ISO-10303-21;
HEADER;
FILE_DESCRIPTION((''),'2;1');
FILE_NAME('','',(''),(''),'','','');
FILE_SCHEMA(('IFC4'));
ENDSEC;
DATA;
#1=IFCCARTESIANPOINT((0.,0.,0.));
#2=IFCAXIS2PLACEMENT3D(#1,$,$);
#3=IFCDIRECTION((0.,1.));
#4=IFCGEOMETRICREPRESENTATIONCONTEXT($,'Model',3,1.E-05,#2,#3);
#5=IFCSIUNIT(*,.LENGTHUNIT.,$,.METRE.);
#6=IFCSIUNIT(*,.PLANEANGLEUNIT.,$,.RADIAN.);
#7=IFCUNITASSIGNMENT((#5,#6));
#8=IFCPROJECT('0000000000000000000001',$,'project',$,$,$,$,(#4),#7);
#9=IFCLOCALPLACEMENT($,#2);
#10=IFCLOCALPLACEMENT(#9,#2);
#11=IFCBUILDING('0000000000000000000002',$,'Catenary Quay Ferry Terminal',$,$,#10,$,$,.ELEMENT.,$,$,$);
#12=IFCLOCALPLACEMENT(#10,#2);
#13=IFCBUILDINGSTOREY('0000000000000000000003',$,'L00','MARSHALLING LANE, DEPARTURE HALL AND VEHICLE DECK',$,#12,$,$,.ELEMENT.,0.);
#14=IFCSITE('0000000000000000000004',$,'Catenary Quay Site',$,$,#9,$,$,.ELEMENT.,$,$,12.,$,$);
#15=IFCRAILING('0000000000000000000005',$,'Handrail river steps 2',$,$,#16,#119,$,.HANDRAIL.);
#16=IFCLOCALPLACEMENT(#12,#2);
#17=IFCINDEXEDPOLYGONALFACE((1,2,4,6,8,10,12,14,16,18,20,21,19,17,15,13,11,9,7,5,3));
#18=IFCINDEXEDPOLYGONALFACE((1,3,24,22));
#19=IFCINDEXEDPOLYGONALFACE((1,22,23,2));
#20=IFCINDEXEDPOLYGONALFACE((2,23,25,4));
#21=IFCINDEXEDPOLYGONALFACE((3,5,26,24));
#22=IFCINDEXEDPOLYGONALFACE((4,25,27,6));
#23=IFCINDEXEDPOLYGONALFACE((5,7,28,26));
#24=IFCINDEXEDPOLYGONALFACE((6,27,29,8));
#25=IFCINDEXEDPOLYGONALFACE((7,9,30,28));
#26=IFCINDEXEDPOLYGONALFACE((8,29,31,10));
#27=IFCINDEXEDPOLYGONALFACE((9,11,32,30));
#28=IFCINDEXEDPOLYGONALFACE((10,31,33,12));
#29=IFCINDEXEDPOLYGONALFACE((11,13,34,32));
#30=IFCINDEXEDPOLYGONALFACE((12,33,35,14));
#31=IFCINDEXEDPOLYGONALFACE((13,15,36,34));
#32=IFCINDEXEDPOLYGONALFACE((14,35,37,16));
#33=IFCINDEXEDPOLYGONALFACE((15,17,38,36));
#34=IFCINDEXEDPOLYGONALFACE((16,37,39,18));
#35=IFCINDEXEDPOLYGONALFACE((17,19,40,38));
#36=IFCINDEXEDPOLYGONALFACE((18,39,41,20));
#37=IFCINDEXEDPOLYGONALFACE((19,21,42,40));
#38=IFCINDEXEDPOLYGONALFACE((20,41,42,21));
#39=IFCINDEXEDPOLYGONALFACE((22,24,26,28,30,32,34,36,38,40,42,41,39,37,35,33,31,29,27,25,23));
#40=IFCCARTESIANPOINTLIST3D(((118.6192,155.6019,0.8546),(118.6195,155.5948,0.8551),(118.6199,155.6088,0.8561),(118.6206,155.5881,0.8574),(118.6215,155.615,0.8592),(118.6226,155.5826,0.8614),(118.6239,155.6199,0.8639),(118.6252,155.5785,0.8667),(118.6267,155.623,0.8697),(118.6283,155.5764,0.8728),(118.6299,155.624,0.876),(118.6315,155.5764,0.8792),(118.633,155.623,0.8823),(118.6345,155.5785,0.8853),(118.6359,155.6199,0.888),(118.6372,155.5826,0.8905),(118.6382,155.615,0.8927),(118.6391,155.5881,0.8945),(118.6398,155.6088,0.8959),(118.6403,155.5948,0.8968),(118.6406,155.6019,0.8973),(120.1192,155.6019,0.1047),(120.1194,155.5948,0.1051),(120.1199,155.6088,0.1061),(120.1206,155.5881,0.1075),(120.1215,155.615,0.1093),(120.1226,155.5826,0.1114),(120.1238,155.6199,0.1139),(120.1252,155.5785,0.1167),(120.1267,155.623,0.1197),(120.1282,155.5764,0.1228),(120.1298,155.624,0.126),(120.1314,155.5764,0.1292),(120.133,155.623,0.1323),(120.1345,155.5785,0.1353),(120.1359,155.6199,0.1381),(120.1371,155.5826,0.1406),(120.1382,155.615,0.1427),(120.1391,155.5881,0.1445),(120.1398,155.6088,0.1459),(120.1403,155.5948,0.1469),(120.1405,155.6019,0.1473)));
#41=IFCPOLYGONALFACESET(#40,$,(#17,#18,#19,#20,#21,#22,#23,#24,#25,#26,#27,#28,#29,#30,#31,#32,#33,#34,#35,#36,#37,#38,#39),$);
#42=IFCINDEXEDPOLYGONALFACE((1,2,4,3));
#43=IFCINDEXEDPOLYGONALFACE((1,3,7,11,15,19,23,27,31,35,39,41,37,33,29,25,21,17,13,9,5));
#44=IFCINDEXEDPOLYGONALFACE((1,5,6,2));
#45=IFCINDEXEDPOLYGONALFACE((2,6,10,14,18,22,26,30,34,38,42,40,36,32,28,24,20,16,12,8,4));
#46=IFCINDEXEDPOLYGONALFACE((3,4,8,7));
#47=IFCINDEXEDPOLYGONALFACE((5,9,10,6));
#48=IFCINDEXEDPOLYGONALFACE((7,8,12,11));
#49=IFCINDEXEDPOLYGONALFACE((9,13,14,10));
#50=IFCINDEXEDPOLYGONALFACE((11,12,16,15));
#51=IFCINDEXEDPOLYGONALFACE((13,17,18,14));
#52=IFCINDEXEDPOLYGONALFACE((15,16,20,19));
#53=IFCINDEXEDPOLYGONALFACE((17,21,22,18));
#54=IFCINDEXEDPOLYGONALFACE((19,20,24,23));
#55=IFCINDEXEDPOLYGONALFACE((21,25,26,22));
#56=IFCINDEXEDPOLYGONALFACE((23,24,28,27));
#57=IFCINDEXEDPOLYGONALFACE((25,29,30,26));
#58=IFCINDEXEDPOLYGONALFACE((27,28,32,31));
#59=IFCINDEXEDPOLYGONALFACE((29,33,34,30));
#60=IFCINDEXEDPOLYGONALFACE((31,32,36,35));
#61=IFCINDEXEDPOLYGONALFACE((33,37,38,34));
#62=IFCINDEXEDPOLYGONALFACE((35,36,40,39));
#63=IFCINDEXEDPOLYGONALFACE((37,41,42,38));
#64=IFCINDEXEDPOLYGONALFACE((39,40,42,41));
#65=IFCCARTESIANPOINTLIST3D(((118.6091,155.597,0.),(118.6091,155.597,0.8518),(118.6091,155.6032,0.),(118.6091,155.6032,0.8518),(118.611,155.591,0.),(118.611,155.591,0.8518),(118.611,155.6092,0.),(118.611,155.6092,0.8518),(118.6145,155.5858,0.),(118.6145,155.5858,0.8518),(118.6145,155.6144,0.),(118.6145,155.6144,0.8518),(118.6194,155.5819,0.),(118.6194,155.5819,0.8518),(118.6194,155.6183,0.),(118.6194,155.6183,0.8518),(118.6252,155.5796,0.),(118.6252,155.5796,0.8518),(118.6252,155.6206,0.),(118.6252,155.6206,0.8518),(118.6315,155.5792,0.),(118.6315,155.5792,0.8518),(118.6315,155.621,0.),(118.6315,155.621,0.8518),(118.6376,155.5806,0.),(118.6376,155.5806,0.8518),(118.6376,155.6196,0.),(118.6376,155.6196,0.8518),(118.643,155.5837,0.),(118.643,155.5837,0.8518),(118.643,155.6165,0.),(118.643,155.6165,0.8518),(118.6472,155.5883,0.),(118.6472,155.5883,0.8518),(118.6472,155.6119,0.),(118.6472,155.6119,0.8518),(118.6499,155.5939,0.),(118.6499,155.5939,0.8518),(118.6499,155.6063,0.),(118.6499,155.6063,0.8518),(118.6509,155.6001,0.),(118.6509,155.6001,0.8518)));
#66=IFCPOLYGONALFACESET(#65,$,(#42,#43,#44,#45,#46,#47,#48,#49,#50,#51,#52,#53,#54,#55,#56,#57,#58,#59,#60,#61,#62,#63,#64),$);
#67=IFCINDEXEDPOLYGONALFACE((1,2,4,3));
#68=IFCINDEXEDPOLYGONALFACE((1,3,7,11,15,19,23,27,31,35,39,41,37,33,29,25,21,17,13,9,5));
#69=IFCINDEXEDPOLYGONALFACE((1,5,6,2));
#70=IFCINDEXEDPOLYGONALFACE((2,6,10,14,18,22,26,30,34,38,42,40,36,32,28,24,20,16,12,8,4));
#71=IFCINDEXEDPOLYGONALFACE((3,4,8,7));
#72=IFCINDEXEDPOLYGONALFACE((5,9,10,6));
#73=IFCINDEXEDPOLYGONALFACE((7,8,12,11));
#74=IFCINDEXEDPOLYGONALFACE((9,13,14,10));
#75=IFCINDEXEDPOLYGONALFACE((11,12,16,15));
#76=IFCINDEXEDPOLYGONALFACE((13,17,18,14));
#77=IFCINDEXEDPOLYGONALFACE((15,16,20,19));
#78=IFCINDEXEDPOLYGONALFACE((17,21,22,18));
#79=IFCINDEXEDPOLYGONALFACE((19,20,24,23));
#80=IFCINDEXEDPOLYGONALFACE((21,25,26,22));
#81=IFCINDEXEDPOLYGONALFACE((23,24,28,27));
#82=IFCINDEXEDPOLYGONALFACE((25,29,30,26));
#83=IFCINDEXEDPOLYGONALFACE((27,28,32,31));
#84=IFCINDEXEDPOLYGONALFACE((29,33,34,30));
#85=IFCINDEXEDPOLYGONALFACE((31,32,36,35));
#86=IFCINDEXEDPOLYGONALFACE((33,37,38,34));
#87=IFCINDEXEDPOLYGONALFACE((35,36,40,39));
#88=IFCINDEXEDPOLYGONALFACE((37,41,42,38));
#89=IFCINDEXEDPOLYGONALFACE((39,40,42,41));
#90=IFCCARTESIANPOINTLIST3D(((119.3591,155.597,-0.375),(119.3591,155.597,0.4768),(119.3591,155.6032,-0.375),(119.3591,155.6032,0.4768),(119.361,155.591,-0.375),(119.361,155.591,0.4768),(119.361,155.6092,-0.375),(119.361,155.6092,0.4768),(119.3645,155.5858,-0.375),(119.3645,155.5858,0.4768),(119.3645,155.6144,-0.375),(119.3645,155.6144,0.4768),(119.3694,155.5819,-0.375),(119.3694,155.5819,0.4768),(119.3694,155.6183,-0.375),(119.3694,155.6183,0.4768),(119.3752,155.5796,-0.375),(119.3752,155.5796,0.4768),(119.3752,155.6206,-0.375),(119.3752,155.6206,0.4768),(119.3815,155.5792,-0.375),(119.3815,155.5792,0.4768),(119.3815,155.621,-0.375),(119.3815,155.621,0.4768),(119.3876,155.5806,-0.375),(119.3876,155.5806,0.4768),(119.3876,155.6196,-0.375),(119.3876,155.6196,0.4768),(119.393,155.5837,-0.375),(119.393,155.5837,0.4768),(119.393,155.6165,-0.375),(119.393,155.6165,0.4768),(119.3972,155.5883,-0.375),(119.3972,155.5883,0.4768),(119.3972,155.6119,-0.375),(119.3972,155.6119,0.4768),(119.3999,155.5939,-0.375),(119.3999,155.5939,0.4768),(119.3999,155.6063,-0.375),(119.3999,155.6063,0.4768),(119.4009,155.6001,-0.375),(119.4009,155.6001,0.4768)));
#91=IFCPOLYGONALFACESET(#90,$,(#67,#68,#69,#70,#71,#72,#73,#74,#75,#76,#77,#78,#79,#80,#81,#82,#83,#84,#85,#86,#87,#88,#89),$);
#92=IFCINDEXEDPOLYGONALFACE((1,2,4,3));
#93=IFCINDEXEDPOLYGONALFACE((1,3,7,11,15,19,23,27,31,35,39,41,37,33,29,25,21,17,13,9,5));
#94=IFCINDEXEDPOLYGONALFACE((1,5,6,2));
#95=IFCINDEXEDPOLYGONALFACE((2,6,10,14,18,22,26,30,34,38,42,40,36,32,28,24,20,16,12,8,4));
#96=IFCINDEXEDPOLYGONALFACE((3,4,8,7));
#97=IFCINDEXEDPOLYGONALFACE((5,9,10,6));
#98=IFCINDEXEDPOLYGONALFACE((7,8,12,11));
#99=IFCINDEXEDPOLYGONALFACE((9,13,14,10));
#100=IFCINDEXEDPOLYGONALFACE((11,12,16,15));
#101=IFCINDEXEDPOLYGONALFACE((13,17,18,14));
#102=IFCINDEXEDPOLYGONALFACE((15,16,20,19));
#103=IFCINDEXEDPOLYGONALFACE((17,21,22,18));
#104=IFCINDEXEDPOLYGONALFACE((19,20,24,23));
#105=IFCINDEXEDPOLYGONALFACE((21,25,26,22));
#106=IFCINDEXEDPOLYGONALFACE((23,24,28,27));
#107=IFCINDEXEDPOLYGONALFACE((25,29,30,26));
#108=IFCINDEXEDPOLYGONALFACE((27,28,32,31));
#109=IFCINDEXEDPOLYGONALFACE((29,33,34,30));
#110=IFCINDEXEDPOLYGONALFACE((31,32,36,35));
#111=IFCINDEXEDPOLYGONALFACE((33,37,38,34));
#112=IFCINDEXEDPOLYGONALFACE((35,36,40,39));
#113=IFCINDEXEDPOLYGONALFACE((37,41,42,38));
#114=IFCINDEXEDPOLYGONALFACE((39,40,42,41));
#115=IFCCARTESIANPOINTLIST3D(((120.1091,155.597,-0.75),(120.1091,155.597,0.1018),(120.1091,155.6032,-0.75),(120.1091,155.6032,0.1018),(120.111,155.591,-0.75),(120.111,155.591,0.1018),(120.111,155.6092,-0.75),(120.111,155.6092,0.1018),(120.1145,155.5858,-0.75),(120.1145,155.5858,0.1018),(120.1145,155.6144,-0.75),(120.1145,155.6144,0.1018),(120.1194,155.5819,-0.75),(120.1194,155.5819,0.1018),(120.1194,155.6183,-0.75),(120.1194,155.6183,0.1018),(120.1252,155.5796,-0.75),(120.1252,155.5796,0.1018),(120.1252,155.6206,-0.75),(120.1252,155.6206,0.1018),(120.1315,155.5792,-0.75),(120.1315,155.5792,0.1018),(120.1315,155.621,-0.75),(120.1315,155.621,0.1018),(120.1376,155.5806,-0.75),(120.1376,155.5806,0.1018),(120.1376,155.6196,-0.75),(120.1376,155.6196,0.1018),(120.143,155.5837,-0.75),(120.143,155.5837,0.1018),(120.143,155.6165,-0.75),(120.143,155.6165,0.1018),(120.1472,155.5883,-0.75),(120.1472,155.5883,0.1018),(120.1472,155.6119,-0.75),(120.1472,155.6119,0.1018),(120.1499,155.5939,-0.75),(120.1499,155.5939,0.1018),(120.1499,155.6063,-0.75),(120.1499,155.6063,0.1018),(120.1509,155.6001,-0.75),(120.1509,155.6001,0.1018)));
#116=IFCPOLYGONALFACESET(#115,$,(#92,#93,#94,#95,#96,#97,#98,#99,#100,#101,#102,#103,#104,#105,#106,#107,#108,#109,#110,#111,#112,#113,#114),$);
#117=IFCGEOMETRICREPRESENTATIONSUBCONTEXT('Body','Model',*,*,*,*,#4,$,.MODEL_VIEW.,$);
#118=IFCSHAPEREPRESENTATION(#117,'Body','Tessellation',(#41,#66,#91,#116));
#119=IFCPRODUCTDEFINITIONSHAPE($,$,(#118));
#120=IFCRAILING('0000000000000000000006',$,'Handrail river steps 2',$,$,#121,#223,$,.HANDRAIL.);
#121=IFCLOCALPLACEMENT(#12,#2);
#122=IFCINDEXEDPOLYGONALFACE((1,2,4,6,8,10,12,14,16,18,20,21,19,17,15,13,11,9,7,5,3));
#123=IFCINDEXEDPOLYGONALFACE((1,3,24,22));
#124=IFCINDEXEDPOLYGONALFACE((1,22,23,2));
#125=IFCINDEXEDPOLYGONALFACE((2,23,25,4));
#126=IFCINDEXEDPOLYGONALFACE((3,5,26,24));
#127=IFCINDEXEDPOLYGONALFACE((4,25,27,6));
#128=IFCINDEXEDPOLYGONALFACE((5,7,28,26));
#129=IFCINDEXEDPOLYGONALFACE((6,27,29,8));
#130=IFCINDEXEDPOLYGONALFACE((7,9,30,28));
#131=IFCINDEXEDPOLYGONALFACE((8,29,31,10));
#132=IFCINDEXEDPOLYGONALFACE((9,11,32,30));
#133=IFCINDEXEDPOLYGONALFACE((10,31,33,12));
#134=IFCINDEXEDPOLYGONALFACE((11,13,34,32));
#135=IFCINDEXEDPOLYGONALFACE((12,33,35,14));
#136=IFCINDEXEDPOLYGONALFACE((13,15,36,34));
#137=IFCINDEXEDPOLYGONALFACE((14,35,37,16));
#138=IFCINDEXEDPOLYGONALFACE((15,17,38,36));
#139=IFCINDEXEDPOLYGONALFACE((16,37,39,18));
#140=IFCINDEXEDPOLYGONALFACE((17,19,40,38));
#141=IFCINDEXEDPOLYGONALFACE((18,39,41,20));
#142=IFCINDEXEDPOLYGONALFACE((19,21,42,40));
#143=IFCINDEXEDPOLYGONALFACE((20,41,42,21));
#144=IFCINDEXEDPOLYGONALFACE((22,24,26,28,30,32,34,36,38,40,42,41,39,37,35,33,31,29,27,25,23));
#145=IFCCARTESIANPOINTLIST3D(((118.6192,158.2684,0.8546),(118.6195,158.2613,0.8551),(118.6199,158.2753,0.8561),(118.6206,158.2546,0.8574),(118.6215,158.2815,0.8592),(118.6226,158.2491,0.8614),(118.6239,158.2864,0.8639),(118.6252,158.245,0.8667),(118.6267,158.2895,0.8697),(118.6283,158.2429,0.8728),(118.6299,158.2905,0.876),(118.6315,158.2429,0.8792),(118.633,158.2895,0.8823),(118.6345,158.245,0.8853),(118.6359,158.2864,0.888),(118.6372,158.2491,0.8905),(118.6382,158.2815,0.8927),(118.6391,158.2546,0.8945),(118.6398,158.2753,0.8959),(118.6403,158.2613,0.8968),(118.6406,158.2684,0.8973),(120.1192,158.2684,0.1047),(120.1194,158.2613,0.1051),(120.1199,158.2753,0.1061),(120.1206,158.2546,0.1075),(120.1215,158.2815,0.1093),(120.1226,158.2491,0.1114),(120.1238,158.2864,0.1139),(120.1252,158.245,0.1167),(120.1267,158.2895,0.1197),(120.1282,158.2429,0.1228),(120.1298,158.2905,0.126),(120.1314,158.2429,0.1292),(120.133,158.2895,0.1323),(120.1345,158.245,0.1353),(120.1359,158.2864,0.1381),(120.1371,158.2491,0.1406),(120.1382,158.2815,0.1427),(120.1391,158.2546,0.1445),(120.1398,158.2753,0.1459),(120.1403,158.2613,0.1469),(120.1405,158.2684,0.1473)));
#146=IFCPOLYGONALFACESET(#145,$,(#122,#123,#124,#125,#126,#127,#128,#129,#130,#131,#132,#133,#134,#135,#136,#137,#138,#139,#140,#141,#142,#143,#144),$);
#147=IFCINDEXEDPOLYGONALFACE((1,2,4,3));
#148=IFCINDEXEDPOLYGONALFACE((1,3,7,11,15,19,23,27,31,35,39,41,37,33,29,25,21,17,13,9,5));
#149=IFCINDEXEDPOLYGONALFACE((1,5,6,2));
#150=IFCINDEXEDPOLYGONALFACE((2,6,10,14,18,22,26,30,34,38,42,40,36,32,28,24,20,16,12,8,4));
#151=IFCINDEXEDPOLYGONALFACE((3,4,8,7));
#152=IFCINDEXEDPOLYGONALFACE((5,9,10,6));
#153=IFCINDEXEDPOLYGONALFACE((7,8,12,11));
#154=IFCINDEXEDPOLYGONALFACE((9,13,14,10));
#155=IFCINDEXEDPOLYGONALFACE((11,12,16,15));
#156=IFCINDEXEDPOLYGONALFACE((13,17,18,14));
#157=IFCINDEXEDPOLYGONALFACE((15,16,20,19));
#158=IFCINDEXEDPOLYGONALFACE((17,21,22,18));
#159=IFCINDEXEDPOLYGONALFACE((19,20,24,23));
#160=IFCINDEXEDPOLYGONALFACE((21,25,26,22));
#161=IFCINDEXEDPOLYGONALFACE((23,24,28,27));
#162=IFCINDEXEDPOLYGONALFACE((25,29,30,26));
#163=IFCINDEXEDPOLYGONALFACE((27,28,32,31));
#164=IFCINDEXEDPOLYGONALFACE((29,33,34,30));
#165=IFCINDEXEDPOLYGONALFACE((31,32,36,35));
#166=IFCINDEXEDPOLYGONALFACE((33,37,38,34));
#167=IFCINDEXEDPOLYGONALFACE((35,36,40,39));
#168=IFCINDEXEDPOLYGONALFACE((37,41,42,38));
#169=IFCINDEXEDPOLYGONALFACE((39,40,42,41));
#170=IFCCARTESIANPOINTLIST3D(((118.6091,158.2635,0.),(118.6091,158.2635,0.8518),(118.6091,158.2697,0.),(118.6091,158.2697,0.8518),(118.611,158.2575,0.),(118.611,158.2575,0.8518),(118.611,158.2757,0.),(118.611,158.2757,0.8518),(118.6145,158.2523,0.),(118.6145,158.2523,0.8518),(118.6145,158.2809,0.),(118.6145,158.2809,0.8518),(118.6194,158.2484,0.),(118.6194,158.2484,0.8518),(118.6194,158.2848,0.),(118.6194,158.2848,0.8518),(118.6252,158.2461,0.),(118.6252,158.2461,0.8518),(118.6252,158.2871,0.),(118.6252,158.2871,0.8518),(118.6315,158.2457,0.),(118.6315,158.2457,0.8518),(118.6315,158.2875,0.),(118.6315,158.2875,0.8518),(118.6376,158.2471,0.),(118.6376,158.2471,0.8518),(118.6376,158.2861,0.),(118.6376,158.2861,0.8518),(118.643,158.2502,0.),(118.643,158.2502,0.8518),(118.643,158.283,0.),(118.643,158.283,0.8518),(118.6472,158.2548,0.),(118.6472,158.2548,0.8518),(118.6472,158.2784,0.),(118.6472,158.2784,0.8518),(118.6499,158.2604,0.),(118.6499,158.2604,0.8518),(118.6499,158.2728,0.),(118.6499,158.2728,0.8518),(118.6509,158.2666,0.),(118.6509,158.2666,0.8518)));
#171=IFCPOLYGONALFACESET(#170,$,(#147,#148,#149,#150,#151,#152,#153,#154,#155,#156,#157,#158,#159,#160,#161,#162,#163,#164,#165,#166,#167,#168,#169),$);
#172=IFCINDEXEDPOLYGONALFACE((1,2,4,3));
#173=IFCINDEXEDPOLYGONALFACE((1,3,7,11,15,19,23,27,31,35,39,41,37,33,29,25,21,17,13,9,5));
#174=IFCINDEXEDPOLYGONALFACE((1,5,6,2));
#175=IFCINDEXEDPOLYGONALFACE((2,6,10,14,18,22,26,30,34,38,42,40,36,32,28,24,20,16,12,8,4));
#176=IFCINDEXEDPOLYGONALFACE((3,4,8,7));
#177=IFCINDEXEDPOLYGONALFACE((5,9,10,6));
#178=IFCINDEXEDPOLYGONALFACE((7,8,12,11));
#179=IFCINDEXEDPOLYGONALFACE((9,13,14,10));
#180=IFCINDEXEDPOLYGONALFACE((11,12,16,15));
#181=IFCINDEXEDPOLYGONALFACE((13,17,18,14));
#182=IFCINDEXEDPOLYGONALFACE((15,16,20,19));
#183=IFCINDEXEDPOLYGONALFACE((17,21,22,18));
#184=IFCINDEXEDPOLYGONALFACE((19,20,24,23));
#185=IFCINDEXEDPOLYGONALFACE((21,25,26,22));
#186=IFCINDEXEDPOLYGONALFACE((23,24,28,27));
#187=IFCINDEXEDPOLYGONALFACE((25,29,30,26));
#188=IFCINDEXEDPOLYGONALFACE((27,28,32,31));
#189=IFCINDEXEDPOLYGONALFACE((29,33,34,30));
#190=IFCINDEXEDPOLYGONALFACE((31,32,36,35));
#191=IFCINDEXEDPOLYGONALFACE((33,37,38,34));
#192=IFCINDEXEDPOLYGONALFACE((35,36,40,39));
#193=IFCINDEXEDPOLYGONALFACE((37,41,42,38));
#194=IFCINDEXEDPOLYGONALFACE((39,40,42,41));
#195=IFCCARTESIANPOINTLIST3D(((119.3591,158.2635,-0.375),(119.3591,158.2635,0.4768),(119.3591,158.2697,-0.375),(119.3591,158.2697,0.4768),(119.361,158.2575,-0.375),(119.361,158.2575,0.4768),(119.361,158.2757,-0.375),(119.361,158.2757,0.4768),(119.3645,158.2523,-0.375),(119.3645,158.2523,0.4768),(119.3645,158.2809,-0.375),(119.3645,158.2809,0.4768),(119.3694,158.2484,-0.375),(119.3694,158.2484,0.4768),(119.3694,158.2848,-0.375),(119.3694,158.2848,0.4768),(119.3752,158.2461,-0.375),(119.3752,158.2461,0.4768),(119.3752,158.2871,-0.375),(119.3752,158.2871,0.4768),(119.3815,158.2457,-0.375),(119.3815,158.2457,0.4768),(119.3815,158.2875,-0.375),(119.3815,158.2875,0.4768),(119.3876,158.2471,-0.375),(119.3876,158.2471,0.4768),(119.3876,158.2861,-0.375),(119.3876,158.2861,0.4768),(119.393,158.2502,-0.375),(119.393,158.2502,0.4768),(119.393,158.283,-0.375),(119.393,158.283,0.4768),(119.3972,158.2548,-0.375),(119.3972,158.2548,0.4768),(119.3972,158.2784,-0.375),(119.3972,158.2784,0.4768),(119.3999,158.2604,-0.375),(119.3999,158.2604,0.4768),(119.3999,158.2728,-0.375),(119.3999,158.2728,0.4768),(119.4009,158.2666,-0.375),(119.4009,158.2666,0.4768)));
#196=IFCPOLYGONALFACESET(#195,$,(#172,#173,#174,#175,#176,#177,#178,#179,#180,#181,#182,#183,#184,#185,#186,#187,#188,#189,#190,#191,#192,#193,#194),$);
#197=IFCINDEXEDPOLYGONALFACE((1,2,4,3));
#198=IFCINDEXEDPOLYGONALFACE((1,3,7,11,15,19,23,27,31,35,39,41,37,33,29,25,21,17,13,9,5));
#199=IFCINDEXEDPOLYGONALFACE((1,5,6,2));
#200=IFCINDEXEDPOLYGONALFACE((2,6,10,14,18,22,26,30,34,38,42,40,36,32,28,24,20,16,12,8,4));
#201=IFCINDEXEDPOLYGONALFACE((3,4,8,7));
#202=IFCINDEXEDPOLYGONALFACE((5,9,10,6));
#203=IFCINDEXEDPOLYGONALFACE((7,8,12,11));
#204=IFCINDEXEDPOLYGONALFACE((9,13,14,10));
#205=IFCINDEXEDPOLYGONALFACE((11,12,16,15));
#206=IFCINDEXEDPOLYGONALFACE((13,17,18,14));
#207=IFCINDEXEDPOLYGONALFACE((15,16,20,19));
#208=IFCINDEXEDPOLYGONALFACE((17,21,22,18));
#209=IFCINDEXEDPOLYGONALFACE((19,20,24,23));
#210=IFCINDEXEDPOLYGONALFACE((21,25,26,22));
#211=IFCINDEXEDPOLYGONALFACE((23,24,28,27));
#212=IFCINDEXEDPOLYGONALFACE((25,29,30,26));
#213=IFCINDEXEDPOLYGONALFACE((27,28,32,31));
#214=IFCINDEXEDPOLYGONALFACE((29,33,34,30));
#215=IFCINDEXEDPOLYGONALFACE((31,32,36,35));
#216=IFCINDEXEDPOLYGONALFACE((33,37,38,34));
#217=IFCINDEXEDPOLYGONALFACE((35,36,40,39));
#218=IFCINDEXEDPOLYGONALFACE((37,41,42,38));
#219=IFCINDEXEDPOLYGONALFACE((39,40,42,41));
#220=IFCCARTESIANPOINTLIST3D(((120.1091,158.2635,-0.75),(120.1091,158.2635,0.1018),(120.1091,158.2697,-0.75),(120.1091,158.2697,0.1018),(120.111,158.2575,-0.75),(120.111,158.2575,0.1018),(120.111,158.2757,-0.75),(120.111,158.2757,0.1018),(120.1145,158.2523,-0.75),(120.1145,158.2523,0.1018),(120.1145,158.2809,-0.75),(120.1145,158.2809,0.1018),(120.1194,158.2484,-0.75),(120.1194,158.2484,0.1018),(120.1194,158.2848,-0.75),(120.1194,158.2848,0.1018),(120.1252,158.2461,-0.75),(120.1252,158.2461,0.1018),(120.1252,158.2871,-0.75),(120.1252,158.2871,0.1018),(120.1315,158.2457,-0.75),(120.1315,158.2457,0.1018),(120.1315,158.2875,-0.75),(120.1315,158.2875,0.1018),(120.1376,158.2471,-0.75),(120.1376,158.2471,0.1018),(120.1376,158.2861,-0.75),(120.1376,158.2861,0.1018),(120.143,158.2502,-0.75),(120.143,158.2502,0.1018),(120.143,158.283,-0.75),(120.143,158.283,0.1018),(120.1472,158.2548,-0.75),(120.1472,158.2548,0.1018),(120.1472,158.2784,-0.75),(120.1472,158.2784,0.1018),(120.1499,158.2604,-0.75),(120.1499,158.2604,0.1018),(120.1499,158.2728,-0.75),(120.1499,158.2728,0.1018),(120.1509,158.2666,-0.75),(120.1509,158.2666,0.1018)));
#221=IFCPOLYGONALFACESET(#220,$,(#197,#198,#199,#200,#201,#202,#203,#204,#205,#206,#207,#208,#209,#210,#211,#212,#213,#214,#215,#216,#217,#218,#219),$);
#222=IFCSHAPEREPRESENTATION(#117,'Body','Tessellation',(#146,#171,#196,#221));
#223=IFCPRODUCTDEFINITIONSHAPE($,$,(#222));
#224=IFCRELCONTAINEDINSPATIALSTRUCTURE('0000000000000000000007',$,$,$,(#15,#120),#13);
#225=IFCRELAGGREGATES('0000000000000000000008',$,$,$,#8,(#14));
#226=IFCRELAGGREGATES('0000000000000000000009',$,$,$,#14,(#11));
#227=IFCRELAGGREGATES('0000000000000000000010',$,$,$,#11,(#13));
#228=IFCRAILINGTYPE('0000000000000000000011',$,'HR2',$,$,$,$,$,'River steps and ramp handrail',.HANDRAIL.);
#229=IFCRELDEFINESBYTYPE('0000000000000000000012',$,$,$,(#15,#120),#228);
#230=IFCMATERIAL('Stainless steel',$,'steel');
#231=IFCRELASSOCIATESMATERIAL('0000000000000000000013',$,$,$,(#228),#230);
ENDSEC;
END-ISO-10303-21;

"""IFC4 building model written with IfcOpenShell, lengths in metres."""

from ifc_helpers import new_model, si_unit, direction, frame, origin, origin_2d, place, context, subcontext, project, spatial, circle, extrude, material, type_object, element, save


model = new_model("IFC4")

# Units and contexts
model_context = context("Model", 3, precision=1e-05, world=origin(), true_north=direction((0.0, 1.0)))
body_context = subcontext(model_context, "Body", "Model", "MODEL_VIEW")
ifc_project = project(units=[si_unit("LENGTHUNIT", "METRE"), si_unit("PLANEANGLEUNIT", "RADIAN")], contexts=[model_context])

# Site, building, storey
site_placement = place(None, origin())
site = spatial("IfcSite", under=ifc_project, at=site_placement, Name="Catenary Quay Site", CompositionType="ELEMENT", RefElevation=12.0)
building_placement = place(site_placement, origin())
building = spatial("IfcBuilding", under=site, at=building_placement, Name="Catenary Quay Ferry Terminal", CompositionType="ELEMENT")
storey_placement = place(building_placement, origin())
storey = spatial("IfcBuildingStorey", under=building, at=storey_placement, Name="L00", Description="MARSHALLING LANE, DEPARTURE HALL AND VEHICLE DECK", CompositionType="ELEMENT", Elevation=0.0)

# Railings
ifc_material_1 = material(Name="Stainless steel", Category="steel")
railing_type_1 = type_object("IfcRailingType", Name="HR2", ElementType="River steps and ramp handrail", PredefinedType="HANDRAIL", material=ifc_material_1)
for number, where, name in (
    (1, (118.6299, 155.6001, 0.0), "Handrail river steps 2"),
    (2, (118.6299, 158.2666, 0.0), "Handrail river steps 2"),
):
    element("IfcRailing", number, at=place(storey_placement, frame(where)), inside=storey, type_object=railing_type_1, Name=name, PredefinedType="HANDRAIL", context=body_context, shape_type="SweptSolid", body=[
        extrude(circle(Radius=0.0239, at=origin_2d()), frame((0.0, 0.0, 0.876), z_axis=(0.894427, 0.0, -0.447214), x_axis=(0.0, 1.0, 0.0)), (0.0, 0.0, 1.0), 1.677),
        extrude(circle(Radius=0.021, at=origin_2d()), origin(), (0.0, 0.0, 1.0), 0.8518),
        extrude(circle(Radius=0.021, at=origin_2d()), frame((0.75, 0.0, -0.375)), (0.0, 0.0, 1.0), 0.8518),
        extrude(circle(Radius=0.021, at=origin_2d()), frame((1.5, 0.0, -0.75)), (0.0, 0.0, 1.0), 0.8518),
    ])

save(model, "model.ifc")
